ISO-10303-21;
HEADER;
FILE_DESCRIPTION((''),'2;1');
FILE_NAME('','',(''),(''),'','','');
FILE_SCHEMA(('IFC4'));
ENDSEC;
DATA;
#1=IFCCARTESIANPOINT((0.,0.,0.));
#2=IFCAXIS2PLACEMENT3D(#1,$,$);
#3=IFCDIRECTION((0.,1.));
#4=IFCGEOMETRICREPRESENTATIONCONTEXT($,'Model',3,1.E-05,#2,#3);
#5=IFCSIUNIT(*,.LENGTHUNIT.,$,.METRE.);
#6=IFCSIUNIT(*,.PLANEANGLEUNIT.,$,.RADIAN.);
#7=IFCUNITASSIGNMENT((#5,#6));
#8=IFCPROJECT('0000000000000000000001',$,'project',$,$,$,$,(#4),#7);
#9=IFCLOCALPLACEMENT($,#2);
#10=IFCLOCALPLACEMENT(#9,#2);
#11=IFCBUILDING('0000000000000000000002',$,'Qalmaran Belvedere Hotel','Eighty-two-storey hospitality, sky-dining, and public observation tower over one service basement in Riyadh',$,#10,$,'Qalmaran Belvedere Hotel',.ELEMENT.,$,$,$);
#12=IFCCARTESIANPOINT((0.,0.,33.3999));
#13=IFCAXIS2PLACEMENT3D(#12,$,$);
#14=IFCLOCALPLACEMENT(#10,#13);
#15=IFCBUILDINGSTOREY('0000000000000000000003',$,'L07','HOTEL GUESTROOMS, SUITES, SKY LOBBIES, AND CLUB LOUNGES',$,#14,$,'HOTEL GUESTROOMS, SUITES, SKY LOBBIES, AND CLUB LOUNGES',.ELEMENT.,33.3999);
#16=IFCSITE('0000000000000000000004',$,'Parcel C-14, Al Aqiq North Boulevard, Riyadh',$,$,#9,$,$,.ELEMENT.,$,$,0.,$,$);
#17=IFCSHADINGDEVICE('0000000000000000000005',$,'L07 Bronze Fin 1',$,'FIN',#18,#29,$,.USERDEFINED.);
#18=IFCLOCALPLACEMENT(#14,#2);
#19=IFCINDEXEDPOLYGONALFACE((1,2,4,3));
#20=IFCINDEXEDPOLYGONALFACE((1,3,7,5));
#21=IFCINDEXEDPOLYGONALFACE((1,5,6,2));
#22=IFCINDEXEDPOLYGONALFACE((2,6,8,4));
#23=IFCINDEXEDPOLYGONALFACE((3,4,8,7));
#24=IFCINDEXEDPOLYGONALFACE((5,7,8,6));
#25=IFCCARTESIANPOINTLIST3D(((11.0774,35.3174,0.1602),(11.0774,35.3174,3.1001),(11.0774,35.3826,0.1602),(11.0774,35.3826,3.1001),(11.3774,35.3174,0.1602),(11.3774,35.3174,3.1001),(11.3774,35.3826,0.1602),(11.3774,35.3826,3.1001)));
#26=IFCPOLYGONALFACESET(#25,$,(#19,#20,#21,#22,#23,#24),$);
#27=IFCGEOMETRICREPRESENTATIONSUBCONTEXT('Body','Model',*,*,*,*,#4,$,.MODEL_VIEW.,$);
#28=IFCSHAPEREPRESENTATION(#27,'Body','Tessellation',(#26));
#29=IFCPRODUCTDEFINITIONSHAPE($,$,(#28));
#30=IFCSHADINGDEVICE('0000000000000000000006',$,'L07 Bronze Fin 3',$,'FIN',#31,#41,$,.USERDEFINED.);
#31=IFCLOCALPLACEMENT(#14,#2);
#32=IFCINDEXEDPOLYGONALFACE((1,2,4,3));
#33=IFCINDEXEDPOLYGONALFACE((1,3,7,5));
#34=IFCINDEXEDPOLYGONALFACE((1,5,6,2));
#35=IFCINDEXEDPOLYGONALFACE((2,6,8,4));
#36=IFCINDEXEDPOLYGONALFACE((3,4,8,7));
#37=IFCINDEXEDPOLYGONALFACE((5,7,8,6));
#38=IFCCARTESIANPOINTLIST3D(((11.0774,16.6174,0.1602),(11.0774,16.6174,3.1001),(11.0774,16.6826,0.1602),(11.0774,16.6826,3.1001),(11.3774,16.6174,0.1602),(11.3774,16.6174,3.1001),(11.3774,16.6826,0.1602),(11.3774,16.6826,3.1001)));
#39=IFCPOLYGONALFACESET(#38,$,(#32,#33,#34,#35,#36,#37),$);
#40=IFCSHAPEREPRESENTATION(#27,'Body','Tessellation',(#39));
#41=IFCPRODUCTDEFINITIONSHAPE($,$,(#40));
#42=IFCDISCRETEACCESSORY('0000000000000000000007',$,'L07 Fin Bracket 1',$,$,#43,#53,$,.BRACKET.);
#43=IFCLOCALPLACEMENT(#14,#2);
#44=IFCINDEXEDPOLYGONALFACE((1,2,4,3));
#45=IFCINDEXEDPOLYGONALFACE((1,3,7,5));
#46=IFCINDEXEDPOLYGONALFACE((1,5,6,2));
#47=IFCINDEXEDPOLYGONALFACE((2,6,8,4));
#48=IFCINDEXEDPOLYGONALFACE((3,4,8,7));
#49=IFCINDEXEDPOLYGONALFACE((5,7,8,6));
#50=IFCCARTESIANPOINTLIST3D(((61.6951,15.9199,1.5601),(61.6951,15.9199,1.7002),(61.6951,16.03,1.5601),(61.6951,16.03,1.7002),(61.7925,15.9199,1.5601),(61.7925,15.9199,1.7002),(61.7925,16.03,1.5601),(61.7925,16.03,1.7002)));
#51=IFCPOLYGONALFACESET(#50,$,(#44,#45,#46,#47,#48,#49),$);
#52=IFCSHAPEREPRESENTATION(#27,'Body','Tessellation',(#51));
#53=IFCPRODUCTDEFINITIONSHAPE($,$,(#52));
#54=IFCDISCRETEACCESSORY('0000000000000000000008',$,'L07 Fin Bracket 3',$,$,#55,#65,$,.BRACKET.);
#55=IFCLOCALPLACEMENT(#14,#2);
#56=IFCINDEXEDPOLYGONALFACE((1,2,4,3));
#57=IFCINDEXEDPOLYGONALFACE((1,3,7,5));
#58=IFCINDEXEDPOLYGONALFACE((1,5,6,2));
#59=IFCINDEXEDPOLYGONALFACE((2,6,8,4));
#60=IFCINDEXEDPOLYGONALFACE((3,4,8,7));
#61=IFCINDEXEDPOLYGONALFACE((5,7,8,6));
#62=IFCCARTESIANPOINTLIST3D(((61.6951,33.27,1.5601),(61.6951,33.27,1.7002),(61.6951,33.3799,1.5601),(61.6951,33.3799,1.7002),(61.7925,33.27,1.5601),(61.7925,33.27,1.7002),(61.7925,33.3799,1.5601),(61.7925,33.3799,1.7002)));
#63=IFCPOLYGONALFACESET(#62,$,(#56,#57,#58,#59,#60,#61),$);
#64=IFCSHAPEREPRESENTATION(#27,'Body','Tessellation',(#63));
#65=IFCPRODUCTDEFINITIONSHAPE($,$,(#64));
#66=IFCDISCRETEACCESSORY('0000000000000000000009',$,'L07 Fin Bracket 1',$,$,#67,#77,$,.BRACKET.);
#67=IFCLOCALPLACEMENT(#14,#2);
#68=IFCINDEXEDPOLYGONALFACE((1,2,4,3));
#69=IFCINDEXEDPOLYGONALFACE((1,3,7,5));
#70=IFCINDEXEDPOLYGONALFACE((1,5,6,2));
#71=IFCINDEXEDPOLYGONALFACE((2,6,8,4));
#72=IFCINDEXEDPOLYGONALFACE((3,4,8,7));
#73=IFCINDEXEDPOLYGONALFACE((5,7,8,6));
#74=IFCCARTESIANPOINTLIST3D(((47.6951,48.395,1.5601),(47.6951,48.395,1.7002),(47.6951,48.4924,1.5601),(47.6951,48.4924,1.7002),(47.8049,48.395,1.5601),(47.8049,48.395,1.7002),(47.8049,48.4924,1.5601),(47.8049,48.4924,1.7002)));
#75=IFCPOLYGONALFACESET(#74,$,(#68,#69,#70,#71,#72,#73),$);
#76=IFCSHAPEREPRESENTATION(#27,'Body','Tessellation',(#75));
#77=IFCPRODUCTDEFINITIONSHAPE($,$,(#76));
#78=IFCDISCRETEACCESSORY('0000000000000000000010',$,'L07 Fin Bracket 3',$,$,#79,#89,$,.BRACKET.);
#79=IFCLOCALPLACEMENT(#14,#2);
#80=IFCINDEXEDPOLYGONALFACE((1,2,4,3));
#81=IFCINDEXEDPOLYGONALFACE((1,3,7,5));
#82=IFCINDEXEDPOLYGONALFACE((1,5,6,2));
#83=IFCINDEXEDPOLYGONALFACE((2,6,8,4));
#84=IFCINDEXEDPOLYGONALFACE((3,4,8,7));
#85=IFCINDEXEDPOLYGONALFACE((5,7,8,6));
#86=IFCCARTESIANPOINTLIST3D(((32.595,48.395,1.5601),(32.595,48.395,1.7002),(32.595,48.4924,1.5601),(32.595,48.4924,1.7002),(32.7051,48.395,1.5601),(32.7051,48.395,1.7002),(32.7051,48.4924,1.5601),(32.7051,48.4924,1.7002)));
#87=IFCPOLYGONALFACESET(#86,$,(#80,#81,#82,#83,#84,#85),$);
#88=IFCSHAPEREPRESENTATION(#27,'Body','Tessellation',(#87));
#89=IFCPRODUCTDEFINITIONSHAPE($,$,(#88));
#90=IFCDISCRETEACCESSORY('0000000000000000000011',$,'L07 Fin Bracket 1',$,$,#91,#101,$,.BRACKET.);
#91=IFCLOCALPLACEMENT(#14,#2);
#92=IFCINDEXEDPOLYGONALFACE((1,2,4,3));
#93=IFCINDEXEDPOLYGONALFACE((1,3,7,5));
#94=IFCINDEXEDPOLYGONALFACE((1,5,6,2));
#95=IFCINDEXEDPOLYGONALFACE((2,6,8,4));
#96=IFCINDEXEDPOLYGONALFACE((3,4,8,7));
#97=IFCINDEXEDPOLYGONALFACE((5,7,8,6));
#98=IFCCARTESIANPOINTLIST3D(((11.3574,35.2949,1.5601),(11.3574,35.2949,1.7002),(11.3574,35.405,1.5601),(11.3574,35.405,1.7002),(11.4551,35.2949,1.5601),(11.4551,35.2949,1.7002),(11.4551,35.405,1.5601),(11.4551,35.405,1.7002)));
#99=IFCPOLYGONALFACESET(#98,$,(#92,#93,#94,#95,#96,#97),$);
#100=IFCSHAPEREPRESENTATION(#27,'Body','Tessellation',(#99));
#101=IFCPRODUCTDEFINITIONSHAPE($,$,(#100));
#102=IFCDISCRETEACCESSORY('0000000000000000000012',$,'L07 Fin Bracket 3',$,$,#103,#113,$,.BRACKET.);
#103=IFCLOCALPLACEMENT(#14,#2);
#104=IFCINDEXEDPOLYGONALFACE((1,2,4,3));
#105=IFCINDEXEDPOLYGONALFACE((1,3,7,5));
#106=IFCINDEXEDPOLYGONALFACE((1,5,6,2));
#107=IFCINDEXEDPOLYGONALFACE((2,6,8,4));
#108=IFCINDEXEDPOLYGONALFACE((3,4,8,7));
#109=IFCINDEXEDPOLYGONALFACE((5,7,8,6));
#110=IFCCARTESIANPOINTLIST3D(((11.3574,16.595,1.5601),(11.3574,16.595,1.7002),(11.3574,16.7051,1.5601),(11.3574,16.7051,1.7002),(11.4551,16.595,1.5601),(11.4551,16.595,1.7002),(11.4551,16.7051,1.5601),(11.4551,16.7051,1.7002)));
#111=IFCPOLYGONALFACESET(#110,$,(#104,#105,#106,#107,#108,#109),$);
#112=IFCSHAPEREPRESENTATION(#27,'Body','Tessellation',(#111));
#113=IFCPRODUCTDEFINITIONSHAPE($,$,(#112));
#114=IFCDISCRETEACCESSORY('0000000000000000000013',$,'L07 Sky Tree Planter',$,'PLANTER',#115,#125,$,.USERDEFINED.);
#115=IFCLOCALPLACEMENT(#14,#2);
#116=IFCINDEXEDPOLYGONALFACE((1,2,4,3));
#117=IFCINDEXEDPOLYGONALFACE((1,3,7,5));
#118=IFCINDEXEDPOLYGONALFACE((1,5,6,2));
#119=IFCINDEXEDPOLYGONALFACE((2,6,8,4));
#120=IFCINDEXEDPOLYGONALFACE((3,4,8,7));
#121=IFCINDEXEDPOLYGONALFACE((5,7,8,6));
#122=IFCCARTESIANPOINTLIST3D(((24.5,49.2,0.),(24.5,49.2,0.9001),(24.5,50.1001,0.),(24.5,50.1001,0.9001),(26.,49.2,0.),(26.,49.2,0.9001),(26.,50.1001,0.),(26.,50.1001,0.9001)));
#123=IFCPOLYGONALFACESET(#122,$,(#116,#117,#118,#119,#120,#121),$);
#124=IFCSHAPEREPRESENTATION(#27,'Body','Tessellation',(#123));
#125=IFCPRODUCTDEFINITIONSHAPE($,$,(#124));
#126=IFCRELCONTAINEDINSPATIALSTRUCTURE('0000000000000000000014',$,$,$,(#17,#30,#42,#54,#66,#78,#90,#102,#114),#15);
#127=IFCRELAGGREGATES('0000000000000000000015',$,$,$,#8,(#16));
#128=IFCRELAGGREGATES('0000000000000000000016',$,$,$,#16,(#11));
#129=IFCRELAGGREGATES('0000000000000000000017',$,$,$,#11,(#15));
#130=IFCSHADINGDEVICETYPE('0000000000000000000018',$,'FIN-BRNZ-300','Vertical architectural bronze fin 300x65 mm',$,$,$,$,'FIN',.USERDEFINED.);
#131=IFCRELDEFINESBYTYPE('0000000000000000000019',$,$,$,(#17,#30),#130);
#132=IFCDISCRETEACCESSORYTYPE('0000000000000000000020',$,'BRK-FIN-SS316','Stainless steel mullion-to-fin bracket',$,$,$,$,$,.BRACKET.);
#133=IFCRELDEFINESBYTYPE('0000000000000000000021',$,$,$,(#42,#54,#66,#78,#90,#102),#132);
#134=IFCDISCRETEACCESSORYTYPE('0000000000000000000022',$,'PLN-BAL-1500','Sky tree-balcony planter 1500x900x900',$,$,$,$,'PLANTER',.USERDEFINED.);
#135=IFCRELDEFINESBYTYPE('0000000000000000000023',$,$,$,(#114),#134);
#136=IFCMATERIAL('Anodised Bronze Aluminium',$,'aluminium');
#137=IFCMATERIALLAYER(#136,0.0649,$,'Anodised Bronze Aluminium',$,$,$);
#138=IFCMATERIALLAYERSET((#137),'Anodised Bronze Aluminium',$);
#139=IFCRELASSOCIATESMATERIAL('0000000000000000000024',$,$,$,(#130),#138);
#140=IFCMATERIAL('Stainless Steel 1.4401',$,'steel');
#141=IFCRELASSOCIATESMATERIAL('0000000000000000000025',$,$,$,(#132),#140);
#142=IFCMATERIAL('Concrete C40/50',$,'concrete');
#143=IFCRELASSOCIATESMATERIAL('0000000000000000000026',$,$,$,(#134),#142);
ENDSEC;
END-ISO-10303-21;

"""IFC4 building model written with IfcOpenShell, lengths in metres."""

from ifc_helpers import new_model, si_unit, direction, frame, origin, place, context, subcontext, project, spatial, polyline, outline, extrude, material, layer, layer_set, type_object, element, save


model = new_model("IFC4")

# Units and contexts
model_context = context("Model", 3, precision=1e-05, world=origin(), true_north=direction((0.0, 1.0)))
body_context = subcontext(model_context, "Body", "Model", "MODEL_VIEW")
ifc_project = project(units=[si_unit("LENGTHUNIT", "METRE"), si_unit("PLANEANGLEUNIT", "RADIAN")], contexts=[model_context])

# Site, building, storey
site_placement = place(None, origin())
site = spatial("IfcSite", under=ifc_project, at=site_placement, Name="Parcel C-14, Al Aqiq North Boulevard, Riyadh", CompositionType="ELEMENT", RefElevation=0.0)
building_placement = place(site_placement, origin())
building = spatial("IfcBuilding", under=site, at=building_placement, Name="Qalmaran Belvedere Hotel", Description="Eighty-two-storey hospitality, sky-dining, and public observation tower over one service basement in Riyadh", LongName="Qalmaran Belvedere Hotel", CompositionType="ELEMENT")
storey_placement = place(building_placement, frame((0.0, 0.0, 33.3999)))
storey = spatial("IfcBuildingStorey", under=building, at=storey_placement, Name="L07", Description="HOTEL GUESTROOMS, SUITES, SKY LOBBIES, AND CLUB LOUNGES", LongName="HOTEL GUESTROOMS, SUITES, SKY LOBBIES, AND CLUB LOUNGES", CompositionType="ELEMENT", Elevation=33.3999)

# Shared definitions
ifc_material_1 = material(Name="Anodised Bronze Aluminium", Category="aluminium")

# Shared definitions
ifc_material_2 = material(Name="Concrete C40/50", Category="concrete")

# Shading devices
ifc_layer_1 = layer(ifc_material_1, 0.0649, Name="Anodised Bronze Aluminium")
ifc_layer_set_1 = layer_set([ifc_layer_1], Name="Anodised Bronze Aluminium")
shading_device_type = type_object("IfcShadingDeviceType", Name="FIN-BRNZ-300", Description="Vertical architectural bronze fin 300x65 mm", ElementType="FIN", PredefinedType="USERDEFINED", material=ifc_layer_set_1)
shading_device_1_placement = place(storey_placement, frame((0.0, 0.0, 0.1602)))
element("IfcShadingDevice", 1, at=shading_device_1_placement, inside=storey, type_object=shading_device_type, Name="L07 Bronze Fin 1", ObjectType="FIN", PredefinedType="USERDEFINED", context=body_context, shape_type="SweptSolid", body=[
    extrude(outline(polyline([(11.3774, 35.3826), (11.0774, 35.3826), (11.0774, 35.3174), (11.3774, 35.3174), (11.3774, 35.3826)])), origin(), (0.0, 0.0, 1.0), 2.9399),
])
shading_device_2_placement = place(storey_placement, frame((0.0, 0.0, 0.1602)))
element("IfcShadingDevice", 2, at=shading_device_2_placement, inside=storey, type_object=shading_device_type, Name="L07 Bronze Fin 3", ObjectType="FIN", PredefinedType="USERDEFINED", context=body_context, shape_type="SweptSolid", body=[
    extrude(outline(polyline([(11.3774, 16.6826), (11.0774, 16.6826), (11.0774, 16.6174), (11.3774, 16.6174), (11.3774, 16.6826)])), origin(), (0.0, 0.0, 1.0), 2.9399),
])

# Discrete accessories
ifc_material_3 = material(Name="Stainless Steel 1.4401", Category="steel")
discrete_accessory_type_1 = type_object("IfcDiscreteAccessoryType", Name="BRK-FIN-SS316", Description="Stainless steel mullion-to-fin bracket", PredefinedType="BRACKET", material=ifc_material_3)
discrete_accessory_1_placement = place(storey_placement, frame((0.0, 0.0, 1.5601)))
element("IfcDiscreteAccessory", 3, at=discrete_accessory_1_placement, inside=storey, type_object=discrete_accessory_type_1, Name="L07 Fin Bracket 1", PredefinedType="BRACKET", context=body_context, shape_type="SweptSolid", body=[
    extrude(outline(polyline([(61.6951, 15.9199), (61.7925, 15.9199), (61.7925, 16.03), (61.6951, 16.03), (61.6951, 15.9199)])), origin(), (0.0, 0.0, 1.0), 0.1401),
])
discrete_accessory_2_placement = place(storey_placement, frame((0.0, 0.0, 1.5601)))
element("IfcDiscreteAccessory", 4, at=discrete_accessory_2_placement, inside=storey, type_object=discrete_accessory_type_1, Name="L07 Fin Bracket 3", PredefinedType="BRACKET", context=body_context, shape_type="SweptSolid", body=[
    extrude(outline(polyline([(61.6951, 33.27), (61.7925, 33.27), (61.7925, 33.3799), (61.6951, 33.3799), (61.6951, 33.27)])), origin(), (0.0, 0.0, 1.0), 0.1401),
])
discrete_accessory_3_placement = place(storey_placement, frame((0.0, 0.0, 1.5601)))
element("IfcDiscreteAccessory", 5, at=discrete_accessory_3_placement, inside=storey, type_object=discrete_accessory_type_1, Name="L07 Fin Bracket 1", PredefinedType="BRACKET", context=body_context, shape_type="SweptSolid", body=[
    extrude(outline(polyline([(47.8049, 48.395), (47.8049, 48.4924), (47.6951, 48.4924), (47.6951, 48.395), (47.8049, 48.395)])), origin(), (0.0, 0.0, 1.0), 0.1401),
])
discrete_accessory_4_placement = place(storey_placement, frame((0.0, 0.0, 1.5601)))
element("IfcDiscreteAccessory", 6, at=discrete_accessory_4_placement, inside=storey, type_object=discrete_accessory_type_1, Name="L07 Fin Bracket 3", PredefinedType="BRACKET", context=body_context, shape_type="SweptSolid", body=[
    extrude(outline(polyline([(32.7051, 48.395), (32.7051, 48.4924), (32.595, 48.4924), (32.595, 48.395), (32.7051, 48.395)])), origin(), (0.0, 0.0, 1.0), 0.1401),
])
discrete_accessory_5_placement = place(storey_placement, frame((0.0, 0.0, 1.5601)))
element("IfcDiscreteAccessory", 7, at=discrete_accessory_5_placement, inside=storey, type_object=discrete_accessory_type_1, Name="L07 Fin Bracket 1", PredefinedType="BRACKET", context=body_context, shape_type="SweptSolid", body=[
    extrude(outline(polyline([(11.4551, 35.405), (11.3574, 35.405), (11.3574, 35.2949), (11.4551, 35.2949), (11.4551, 35.405)])), origin(), (0.0, 0.0, 1.0), 0.1401),
])
discrete_accessory_6_placement = place(storey_placement, frame((0.0, 0.0, 1.5601)))
element("IfcDiscreteAccessory", 8, at=discrete_accessory_6_placement, inside=storey, type_object=discrete_accessory_type_1, Name="L07 Fin Bracket 3", PredefinedType="BRACKET", context=body_context, shape_type="SweptSolid", body=[
    extrude(outline(polyline([(11.4551, 16.7051), (11.3574, 16.7051), (11.3574, 16.595), (11.4551, 16.595), (11.4551, 16.7051)])), origin(), (0.0, 0.0, 1.0), 0.1401),
])
discrete_accessory_type_2 = type_object("IfcDiscreteAccessoryType", Name="PLN-BAL-1500", Description="Sky tree-balcony planter 1500x900x900", ElementType="PLANTER", PredefinedType="USERDEFINED", material=ifc_material_2)
discrete_accessory_7_placement = place(storey_placement, origin())
element("IfcDiscreteAccessory", 9, at=discrete_accessory_7_placement, inside=storey, type_object=discrete_accessory_type_2, Name="L07 Sky Tree Planter", ObjectType="PLANTER", PredefinedType="USERDEFINED", context=body_context, shape_type="SweptSolid", body=[
    extrude(outline(polyline([(24.5, 49.2), (26.0, 49.2), (26.0, 50.1001), (24.5, 50.1001), (24.5, 49.2)])), origin(), (0.0, 0.0, 1.0), 0.9001),
])

save(model, "model.ifc")
